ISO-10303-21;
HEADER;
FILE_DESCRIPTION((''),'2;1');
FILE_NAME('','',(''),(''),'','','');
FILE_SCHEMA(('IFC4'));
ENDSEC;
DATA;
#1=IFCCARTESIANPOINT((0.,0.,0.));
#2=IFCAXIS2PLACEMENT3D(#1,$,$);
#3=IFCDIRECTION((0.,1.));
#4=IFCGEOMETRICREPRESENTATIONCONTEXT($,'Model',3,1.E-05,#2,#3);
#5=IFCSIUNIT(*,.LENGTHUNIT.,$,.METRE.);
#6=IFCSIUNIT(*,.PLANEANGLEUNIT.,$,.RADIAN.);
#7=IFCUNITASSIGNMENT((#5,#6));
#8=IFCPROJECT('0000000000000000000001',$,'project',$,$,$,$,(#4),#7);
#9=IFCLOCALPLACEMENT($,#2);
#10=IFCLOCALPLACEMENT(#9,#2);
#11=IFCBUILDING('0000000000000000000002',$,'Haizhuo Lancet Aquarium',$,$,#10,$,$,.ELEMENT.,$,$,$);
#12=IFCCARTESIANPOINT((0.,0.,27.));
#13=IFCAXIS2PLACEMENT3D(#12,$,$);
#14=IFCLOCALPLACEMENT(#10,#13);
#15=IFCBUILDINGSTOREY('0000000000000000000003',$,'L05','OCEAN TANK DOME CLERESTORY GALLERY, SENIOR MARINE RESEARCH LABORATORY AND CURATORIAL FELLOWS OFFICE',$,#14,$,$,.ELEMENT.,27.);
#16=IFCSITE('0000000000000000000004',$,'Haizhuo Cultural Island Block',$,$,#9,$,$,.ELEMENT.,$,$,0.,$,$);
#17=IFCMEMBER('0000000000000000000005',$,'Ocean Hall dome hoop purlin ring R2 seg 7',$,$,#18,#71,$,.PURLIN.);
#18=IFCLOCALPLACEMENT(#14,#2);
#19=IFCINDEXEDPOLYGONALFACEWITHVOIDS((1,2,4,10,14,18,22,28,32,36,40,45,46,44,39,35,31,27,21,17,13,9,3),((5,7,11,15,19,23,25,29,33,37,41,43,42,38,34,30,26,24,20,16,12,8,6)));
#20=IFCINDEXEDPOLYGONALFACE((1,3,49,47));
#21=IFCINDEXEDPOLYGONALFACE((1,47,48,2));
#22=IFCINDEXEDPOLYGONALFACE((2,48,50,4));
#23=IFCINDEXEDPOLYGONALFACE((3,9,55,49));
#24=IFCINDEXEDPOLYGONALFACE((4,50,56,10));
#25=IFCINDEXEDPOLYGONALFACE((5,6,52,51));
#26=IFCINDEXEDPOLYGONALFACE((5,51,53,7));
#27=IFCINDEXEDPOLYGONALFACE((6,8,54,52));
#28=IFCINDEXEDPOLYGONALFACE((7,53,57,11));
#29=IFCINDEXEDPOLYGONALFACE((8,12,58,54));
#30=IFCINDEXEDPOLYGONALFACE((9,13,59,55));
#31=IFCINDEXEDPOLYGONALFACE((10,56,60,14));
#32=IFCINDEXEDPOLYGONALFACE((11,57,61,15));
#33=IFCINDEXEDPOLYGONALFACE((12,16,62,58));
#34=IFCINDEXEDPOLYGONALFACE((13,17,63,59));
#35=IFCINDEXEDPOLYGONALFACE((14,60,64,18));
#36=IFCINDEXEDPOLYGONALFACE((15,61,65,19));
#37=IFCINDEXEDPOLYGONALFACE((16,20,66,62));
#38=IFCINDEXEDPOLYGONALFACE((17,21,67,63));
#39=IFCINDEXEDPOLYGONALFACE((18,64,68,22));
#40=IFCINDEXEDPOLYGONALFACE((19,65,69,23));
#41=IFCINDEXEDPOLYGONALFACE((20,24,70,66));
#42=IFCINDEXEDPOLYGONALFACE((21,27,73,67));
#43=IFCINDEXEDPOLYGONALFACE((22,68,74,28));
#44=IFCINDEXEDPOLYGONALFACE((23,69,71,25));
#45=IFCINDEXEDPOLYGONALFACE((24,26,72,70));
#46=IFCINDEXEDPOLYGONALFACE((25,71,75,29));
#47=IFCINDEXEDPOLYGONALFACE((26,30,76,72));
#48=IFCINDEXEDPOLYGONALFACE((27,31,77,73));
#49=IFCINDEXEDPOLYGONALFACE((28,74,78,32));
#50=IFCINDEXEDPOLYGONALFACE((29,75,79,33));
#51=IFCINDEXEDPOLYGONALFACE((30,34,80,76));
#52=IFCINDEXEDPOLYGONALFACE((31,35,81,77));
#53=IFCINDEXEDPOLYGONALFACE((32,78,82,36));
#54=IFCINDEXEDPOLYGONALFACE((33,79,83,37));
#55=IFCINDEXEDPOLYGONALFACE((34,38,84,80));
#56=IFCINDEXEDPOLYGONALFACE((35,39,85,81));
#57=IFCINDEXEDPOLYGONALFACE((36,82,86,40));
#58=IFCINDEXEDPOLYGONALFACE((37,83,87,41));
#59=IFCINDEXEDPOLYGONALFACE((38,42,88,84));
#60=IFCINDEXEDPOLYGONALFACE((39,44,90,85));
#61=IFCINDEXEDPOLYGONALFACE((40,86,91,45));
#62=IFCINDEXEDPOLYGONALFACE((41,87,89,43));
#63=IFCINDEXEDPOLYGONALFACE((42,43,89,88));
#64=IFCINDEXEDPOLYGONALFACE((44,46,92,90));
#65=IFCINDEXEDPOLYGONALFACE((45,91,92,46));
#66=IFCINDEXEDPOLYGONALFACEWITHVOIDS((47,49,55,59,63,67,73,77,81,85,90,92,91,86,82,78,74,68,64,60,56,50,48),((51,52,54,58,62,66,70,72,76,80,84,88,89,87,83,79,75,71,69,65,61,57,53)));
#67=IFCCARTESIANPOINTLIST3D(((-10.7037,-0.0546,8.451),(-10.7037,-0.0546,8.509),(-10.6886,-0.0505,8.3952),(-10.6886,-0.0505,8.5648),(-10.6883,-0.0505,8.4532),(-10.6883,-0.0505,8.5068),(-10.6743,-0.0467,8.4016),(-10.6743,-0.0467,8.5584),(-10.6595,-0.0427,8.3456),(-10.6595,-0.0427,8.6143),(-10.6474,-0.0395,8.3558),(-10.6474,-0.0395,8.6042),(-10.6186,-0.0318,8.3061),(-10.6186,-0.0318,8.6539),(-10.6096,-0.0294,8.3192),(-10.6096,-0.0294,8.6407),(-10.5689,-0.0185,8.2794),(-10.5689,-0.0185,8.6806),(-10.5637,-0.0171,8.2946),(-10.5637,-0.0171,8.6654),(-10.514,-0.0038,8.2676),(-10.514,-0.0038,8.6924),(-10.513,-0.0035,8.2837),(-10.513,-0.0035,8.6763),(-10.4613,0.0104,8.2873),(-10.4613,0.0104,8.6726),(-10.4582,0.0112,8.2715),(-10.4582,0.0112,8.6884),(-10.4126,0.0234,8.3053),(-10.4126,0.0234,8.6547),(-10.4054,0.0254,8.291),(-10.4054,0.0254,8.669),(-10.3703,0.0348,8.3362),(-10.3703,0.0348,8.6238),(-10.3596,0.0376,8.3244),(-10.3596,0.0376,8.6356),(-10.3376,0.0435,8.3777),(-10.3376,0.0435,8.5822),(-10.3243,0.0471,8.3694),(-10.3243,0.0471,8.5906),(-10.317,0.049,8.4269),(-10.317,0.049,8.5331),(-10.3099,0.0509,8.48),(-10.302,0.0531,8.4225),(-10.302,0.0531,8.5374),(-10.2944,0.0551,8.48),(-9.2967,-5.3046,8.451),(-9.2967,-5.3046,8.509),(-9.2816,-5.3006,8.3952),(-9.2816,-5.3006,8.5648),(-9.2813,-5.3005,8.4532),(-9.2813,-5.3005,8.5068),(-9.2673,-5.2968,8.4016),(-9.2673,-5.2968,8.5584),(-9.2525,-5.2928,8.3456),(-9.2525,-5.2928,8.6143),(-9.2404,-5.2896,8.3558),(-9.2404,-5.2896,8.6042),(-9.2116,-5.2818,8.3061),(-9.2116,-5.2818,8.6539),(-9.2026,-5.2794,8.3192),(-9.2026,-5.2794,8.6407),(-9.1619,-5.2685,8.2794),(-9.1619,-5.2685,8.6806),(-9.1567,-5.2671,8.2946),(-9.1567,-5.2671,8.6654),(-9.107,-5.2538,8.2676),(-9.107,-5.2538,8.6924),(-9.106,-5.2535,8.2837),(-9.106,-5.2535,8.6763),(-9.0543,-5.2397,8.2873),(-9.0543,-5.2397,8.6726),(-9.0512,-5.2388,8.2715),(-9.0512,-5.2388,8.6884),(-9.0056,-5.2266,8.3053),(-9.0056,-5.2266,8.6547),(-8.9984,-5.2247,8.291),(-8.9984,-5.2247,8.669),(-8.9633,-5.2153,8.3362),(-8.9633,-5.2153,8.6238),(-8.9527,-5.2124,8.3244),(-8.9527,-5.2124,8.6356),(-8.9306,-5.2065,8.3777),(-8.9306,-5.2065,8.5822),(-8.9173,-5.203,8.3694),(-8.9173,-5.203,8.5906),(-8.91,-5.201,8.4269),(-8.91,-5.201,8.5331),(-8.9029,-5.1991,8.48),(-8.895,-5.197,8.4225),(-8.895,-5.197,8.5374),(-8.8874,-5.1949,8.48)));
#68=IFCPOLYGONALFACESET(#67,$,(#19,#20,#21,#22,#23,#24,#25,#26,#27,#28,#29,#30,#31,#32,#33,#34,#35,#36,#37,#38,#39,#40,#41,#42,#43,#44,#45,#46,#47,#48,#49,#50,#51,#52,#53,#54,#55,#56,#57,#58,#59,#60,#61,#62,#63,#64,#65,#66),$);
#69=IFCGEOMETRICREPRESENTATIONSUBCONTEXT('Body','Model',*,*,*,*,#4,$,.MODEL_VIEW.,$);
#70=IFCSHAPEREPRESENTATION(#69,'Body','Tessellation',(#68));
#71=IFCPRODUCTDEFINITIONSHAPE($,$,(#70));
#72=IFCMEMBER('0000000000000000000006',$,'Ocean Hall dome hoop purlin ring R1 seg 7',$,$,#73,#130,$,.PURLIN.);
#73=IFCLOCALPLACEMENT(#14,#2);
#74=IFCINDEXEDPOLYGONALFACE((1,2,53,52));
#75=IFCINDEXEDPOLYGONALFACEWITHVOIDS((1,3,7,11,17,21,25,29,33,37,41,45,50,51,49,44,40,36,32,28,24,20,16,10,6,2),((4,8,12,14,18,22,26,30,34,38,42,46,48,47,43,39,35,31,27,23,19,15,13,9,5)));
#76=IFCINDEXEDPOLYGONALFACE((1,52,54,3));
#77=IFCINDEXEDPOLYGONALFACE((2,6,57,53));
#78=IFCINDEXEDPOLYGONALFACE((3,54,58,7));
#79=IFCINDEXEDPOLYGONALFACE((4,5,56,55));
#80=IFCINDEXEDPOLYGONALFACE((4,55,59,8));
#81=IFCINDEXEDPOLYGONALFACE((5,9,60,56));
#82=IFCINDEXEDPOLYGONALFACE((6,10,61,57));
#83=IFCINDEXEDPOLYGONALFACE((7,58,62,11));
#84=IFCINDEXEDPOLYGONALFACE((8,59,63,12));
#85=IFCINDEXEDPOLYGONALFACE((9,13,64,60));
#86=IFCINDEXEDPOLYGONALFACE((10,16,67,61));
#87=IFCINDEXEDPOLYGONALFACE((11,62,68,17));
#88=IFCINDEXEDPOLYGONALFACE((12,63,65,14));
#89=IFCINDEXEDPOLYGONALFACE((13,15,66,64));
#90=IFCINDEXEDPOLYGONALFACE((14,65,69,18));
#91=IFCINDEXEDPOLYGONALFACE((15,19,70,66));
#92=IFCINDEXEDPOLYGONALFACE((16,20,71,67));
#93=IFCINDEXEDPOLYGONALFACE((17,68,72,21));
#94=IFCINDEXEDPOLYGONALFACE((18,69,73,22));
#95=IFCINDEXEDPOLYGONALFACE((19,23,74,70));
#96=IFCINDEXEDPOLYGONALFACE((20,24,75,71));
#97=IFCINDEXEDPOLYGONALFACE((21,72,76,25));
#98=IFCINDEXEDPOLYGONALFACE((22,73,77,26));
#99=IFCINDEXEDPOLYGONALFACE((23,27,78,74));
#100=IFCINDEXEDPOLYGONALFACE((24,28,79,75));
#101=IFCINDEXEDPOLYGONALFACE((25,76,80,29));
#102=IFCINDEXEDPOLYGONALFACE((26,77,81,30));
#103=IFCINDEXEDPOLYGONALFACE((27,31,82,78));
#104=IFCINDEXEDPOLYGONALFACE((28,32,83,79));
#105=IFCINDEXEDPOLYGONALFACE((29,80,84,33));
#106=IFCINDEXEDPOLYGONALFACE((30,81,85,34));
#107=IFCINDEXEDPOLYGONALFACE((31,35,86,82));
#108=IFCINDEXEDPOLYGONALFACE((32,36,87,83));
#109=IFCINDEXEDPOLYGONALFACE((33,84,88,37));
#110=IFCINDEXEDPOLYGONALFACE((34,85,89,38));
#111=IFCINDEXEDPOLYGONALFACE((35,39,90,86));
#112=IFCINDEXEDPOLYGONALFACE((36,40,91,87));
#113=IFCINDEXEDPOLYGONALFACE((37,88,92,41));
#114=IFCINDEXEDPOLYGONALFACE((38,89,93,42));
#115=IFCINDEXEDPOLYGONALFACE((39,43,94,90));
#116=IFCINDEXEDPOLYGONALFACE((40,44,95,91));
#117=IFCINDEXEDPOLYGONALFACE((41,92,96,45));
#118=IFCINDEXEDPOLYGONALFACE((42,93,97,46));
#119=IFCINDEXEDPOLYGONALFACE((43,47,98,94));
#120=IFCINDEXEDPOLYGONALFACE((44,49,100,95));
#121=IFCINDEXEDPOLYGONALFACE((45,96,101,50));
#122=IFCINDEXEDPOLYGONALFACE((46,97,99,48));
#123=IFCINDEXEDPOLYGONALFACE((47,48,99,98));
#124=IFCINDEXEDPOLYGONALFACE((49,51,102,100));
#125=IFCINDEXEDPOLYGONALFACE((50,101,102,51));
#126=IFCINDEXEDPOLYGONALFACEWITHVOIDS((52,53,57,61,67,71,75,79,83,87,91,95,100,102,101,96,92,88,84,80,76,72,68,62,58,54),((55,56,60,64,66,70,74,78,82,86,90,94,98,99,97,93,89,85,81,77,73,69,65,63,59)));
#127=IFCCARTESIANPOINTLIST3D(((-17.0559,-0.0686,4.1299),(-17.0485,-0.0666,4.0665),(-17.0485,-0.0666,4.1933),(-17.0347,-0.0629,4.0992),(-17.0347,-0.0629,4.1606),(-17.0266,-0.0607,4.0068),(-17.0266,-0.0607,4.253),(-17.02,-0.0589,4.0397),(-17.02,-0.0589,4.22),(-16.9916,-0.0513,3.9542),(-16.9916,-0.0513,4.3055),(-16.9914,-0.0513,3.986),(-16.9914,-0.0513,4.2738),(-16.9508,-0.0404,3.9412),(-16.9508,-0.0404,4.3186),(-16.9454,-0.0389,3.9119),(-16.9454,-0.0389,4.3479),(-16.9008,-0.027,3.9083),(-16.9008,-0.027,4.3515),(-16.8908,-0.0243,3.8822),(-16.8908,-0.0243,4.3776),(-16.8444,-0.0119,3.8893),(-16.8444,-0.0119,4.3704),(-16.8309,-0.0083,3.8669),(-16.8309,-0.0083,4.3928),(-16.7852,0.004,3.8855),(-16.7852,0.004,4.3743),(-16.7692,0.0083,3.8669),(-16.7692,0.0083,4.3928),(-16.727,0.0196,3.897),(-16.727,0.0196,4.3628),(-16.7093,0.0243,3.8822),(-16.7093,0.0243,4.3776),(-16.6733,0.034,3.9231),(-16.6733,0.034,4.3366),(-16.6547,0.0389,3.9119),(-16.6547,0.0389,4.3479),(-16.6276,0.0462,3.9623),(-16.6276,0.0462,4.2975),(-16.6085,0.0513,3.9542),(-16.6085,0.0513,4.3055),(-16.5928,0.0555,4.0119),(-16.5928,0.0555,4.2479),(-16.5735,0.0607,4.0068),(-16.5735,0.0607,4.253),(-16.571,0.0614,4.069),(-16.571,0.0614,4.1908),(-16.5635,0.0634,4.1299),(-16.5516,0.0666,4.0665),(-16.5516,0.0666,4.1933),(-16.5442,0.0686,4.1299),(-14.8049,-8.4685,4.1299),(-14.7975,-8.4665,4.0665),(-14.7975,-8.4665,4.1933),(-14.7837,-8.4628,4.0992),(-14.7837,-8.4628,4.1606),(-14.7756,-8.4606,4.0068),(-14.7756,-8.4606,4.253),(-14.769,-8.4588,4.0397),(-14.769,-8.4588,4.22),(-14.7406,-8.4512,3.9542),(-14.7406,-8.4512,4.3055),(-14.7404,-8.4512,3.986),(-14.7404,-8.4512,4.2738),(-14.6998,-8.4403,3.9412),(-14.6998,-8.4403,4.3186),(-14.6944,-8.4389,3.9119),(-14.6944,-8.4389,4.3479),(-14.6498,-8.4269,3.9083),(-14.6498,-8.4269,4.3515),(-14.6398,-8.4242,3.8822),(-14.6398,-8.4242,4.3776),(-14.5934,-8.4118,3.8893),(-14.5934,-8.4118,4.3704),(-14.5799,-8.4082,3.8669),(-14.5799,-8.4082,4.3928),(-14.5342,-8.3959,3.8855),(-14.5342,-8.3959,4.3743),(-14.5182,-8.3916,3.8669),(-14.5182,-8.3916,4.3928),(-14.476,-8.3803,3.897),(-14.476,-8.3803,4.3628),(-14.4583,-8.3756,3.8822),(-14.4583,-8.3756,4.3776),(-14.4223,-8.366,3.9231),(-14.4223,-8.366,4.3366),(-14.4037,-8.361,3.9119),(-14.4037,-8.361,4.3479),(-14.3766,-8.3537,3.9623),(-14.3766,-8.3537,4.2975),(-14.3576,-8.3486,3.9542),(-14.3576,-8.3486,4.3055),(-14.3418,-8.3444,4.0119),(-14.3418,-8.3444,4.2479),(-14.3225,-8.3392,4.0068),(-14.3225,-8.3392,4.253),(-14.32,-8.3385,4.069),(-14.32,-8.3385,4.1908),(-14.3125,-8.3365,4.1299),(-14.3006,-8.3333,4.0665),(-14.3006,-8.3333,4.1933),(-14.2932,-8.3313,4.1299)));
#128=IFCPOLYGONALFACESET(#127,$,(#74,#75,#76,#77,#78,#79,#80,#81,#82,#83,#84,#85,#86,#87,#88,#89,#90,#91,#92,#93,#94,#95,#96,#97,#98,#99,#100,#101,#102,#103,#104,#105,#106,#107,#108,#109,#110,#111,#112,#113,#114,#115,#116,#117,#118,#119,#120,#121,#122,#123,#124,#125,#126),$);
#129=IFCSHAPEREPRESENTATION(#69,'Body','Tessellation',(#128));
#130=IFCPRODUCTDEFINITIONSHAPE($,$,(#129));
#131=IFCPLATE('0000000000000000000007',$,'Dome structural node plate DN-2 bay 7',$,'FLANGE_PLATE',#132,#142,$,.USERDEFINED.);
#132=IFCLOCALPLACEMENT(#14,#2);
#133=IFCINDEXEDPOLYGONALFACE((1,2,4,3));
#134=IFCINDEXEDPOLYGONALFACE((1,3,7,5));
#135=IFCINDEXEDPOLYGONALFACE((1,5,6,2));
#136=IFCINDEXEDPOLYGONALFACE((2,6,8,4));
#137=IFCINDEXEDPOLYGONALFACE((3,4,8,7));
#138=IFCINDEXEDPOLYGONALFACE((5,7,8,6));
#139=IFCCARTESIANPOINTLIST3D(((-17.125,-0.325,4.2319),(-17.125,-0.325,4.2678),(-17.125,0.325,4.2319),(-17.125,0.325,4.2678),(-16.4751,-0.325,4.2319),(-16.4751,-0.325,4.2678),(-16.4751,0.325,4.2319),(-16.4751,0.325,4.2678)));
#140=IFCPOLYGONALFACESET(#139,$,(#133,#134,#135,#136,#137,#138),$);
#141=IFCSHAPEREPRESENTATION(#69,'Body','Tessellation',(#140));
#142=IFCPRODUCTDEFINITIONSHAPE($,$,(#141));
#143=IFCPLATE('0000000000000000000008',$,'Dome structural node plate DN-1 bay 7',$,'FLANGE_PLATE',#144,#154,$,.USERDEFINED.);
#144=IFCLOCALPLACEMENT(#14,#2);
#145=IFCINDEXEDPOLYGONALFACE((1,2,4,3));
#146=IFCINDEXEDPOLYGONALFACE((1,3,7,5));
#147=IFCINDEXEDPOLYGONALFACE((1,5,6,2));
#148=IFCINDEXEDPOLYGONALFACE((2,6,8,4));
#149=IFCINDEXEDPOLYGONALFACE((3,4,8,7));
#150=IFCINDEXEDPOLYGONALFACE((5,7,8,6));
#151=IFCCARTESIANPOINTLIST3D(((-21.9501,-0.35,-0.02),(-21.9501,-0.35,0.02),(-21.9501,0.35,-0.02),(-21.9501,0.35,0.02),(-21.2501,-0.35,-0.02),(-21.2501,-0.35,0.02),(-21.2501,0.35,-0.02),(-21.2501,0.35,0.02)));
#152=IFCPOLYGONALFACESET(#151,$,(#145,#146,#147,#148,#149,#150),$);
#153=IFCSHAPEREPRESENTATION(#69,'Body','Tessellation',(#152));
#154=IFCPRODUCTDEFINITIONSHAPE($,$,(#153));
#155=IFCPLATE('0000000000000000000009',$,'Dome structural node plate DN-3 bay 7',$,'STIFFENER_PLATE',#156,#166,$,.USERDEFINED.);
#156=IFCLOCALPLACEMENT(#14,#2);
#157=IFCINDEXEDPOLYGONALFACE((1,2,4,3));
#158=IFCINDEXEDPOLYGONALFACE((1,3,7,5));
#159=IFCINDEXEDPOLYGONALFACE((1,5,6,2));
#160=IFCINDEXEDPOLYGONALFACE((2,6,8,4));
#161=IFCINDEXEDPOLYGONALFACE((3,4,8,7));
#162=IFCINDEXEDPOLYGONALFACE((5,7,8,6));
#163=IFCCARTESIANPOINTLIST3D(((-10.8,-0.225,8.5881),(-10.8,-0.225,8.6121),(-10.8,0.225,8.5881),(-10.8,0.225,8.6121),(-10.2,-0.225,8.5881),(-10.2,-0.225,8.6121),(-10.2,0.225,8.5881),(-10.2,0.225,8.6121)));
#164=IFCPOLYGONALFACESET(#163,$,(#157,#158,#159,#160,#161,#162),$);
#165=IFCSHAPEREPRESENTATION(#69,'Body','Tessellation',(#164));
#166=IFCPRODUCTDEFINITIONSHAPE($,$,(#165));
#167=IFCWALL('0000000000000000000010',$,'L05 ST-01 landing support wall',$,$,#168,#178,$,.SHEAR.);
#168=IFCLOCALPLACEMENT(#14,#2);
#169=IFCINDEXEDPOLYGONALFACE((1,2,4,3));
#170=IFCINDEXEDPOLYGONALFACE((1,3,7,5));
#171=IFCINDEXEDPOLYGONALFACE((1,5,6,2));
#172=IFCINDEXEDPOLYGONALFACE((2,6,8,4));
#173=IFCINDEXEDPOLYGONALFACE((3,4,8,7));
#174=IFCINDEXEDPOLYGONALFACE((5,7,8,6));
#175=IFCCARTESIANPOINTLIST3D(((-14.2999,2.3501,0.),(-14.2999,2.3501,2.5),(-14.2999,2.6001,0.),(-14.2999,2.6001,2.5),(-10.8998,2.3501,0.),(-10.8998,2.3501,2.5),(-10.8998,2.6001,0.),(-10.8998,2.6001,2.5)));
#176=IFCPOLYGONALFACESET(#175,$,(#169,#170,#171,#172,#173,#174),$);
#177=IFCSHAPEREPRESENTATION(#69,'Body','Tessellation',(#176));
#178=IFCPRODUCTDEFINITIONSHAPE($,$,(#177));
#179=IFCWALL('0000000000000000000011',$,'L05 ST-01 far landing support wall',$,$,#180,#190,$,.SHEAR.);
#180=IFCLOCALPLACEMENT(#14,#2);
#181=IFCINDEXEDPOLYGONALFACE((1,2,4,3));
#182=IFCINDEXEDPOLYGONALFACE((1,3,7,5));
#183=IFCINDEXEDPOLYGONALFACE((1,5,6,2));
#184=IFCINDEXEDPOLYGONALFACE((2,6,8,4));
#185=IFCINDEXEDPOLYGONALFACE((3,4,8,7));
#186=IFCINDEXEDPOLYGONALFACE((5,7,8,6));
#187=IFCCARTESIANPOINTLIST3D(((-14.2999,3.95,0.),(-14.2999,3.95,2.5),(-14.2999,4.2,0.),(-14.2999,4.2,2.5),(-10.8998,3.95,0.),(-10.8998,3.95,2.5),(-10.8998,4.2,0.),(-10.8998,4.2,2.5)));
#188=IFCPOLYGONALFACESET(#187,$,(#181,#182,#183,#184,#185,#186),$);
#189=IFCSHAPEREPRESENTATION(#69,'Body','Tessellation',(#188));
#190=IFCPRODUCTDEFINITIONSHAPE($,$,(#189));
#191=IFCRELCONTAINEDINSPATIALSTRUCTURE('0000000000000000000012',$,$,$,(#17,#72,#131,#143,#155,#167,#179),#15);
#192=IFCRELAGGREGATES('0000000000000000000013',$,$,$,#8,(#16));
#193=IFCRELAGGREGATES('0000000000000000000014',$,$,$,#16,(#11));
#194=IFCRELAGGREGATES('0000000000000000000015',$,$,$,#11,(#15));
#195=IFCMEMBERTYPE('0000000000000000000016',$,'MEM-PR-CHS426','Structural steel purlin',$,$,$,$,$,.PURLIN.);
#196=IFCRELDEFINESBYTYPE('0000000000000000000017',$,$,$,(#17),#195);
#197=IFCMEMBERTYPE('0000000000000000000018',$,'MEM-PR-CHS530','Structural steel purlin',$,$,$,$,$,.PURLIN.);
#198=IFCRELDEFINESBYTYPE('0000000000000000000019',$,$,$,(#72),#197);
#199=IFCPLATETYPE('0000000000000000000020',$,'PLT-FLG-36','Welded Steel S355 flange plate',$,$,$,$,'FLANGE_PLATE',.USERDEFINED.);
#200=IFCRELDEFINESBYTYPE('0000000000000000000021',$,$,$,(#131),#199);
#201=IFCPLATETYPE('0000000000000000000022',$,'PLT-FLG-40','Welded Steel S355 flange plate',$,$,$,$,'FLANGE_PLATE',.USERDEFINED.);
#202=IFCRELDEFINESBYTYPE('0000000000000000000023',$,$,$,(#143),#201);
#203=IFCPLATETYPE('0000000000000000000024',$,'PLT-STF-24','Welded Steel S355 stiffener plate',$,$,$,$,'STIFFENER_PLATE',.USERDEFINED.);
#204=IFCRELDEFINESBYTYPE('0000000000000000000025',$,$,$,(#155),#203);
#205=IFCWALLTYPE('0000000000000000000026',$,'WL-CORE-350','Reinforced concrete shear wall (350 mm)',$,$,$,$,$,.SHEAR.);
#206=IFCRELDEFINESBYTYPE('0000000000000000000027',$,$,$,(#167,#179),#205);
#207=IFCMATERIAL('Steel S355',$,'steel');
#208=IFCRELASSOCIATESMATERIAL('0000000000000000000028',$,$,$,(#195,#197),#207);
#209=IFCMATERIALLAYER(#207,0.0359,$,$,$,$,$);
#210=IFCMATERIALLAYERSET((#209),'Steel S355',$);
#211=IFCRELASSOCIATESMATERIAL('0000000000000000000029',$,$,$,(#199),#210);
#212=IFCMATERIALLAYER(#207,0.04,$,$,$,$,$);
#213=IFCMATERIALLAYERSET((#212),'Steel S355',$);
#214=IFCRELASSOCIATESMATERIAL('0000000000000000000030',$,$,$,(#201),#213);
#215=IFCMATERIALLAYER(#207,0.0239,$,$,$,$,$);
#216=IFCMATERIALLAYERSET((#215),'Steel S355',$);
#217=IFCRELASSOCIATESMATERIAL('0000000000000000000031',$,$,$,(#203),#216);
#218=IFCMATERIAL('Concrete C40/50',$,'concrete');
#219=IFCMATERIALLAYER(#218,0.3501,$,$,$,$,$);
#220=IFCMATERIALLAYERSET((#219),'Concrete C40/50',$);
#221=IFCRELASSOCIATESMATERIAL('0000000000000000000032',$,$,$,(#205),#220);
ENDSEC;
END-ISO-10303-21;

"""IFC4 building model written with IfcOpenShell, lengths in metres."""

from ifc_helpers import new_model, si_unit, direction, frame, frame_2d, origin, origin_2d, place, context, subcontext, project, spatial, rectangle, hollow_circle, extrude, material, layer, layer_set, material_profile, profile_set, type_object, element, save


model = new_model("IFC4")

# Units and contexts
model_context = context("Model", 3, precision=1e-05, world=origin(), true_north=direction((0.0, 1.0)))
body_context = subcontext(model_context, "Body", "Model", "MODEL_VIEW")
ifc_project = project(units=[si_unit("LENGTHUNIT", "METRE"), si_unit("PLANEANGLEUNIT", "RADIAN")], contexts=[model_context])

# Site, building, storey
site_placement = place(None, origin())
site = spatial("IfcSite", under=ifc_project, at=site_placement, Name="Haizhuo Cultural Island Block", CompositionType="ELEMENT", RefElevation=0.0)
building_placement = place(site_placement, origin())
building = spatial("IfcBuilding", under=site, at=building_placement, Name="Haizhuo Lancet Aquarium", CompositionType="ELEMENT")
storey_placement = place(building_placement, frame((0.0, 0.0, 27.0)))
storey = spatial("IfcBuildingStorey", under=building, at=storey_placement, Name="L05", Description="OCEAN TANK DOME CLERESTORY GALLERY, SENIOR MARINE RESEARCH LABORATORY AND CURATORIAL FELLOWS OFFICE", CompositionType="ELEMENT", Elevation=27.0)

# Members
ifc_material_1 = material(Name="Steel S355", Category="steel")
ifc_material_profile_1 = material_profile(ifc_material_1, hollow_circle(Radius=0.2129, WallThickness=0.0161, at=origin_2d()), Name="CHS 426x16")
ifc_profile_set_1 = profile_set([ifc_material_profile_1], Name="Steel S355")
member_type_1 = type_object("IfcMemberType", Name="MEM-PR-CHS426", Description="Structural steel purlin", PredefinedType="PURLIN", material=ifc_profile_set_1)
member_1_placement = place(storey_placement, frame((-10.5, 0.0, 8.48), z_axis=(0.258862, -0.965914, 0.0), x_axis=(0.965914, 0.258862, 0.0)))
element("IfcMember", 1, at=member_1_placement, inside=storey, type_object=member_type_1, Name="Ocean Hall dome hoop purlin ring R2 seg 7", PredefinedType="PURLIN", context=body_context, shape_type="SweptSolid", body=[
    extrude(hollow_circle(Radius=0.2129, WallThickness=0.0161, at=origin_2d()), origin(), (0.0, 0.0, 1.0), 5.4353),
])
ifc_material_profile_2 = material_profile(ifc_material_1, hollow_circle(Radius=0.2649, WallThickness=0.02, at=origin_2d()), Name="CHS 530x20")
ifc_profile_set_2 = profile_set([ifc_material_profile_2], Name="Steel S355")
member_type_2 = type_object("IfcMemberType", Name="MEM-PR-CHS530", Description="Structural steel purlin", PredefinedType="PURLIN", material=ifc_profile_set_2)
member_2_placement = place(storey_placement, frame((-16.8, 0.0, 4.1299), z_axis=(0.258844, -0.965919, 0.0), x_axis=(0.965919, 0.258844, 0.0)))
element("IfcMember", 2, at=member_2_placement, inside=storey, type_object=member_type_2, Name="Ocean Hall dome hoop purlin ring R1 seg 7", PredefinedType="PURLIN", context=body_context, shape_type="SweptSolid", body=[
    extrude(hollow_circle(Radius=0.2649, WallThickness=0.02, at=origin_2d()), origin(), (0.0, 0.0, 1.0), 8.6963),
])

# Plates
ifc_layer_1 = layer(ifc_material_1, 0.0359)
ifc_layer_set_1 = layer_set([ifc_layer_1], Name="Steel S355")
plate_type_1 = type_object("IfcPlateType", Name="PLT-FLG-36", Description="Welded Steel S355 flange plate", ElementType="FLANGE_PLATE", PredefinedType="USERDEFINED", material=ifc_layer_set_1)
plate_1_placement = place(storey_placement, frame((-16.8, 0.0, 4.2319), z_axis=(0.0, 0.0, 1.0), x_axis=(1.0, 0.0, 0.0)))
element("IfcPlate", 3, at=plate_1_placement, inside=storey, type_object=plate_type_1, Name="Dome structural node plate DN-2 bay 7", ObjectType="FLANGE_PLATE", PredefinedType="USERDEFINED", context=body_context, shape_type="SweptSolid", body=[
    extrude(rectangle(XDim=0.6499, YDim=0.6499, at=origin_2d()), origin(), (0.0, 0.0, 1.0), 0.0359),
])
ifc_layer_2 = layer(ifc_material_1, 0.04)
ifc_layer_set_2 = layer_set([ifc_layer_2], Name="Steel S355")
plate_type_2 = type_object("IfcPlateType", Name="PLT-FLG-40", Description="Welded Steel S355 flange plate", ElementType="FLANGE_PLATE", PredefinedType="USERDEFINED", material=ifc_layer_set_2)
plate_2_placement = place(storey_placement, frame((-21.6001, 0.0, -0.02), z_axis=(0.0, 0.0, 1.0), x_axis=(1.0, 0.0, 0.0)))
element("IfcPlate", 4, at=plate_2_placement, inside=storey, type_object=plate_type_2, Name="Dome structural node plate DN-1 bay 7", ObjectType="FLANGE_PLATE", PredefinedType="USERDEFINED", context=body_context, shape_type="SweptSolid", body=[
    extrude(rectangle(XDim=0.7, YDim=0.7, at=origin_2d()), origin(), (0.0, 0.0, 1.0), 0.04),
])
ifc_layer_3 = layer(ifc_material_1, 0.0239)
ifc_layer_set_3 = layer_set([ifc_layer_3], Name="Steel S355")
plate_type_3 = type_object("IfcPlateType", Name="PLT-STF-24", Description="Welded Steel S355 stiffener plate", ElementType="STIFFENER_PLATE", PredefinedType="USERDEFINED", material=ifc_layer_set_3)
plate_3_placement = place(storey_placement, frame((-10.5, 0.0, 8.5881), z_axis=(0.0, 0.0, 1.0), x_axis=(-1.0, 0.0, 0.0)))
element("IfcPlate", 5, at=plate_3_placement, inside=storey, type_object=plate_type_3, Name="Dome structural node plate DN-3 bay 7", ObjectType="STIFFENER_PLATE", PredefinedType="USERDEFINED", context=body_context, shape_type="SweptSolid", body=[
    extrude(rectangle(XDim=0.6001, YDim=0.45, at=origin_2d()), origin(), (0.0, 0.0, 1.0), 0.0239),
])

# Walls
ifc_material_2 = material(Name="Concrete C40/50", Category="concrete")
ifc_layer_4 = layer(ifc_material_2, 0.3501)
ifc_layer_set_4 = layer_set([ifc_layer_4], Name="Concrete C40/50")
wall_type = type_object("IfcWallType", Name="WL-CORE-350", Description="Reinforced concrete shear wall (350 mm)", PredefinedType="SHEAR", material=ifc_layer_set_4)
for number, where, z_axis, x_axis, name in (
    (6, (-14.3, 2.4751, 0.0), (0.0, 0.0, 1.0), (1.0, 0.0, 0.0), "L05 ST-01 landing support wall"),
    (7, (-14.3, 4.075, 0.0), (0.0, 0.0, 1.0), (1.0, 0.0, 0.0), "L05 ST-01 far landing support wall"),
):
    element("IfcWall", number, at=place(storey_placement, frame(where, z_axis=z_axis, x_axis=x_axis)), inside=storey, type_object=wall_type, Name=name, PredefinedType="SHEAR", context=body_context, shape_type="SweptSolid", body=[
        extrude(rectangle(XDim=3.4001, YDim=0.25, at=frame_2d((1.7002, 0.0))), origin(), (0.0, 0.0, 1.0), 2.5),
    ])

save(model, "model.ifc")
